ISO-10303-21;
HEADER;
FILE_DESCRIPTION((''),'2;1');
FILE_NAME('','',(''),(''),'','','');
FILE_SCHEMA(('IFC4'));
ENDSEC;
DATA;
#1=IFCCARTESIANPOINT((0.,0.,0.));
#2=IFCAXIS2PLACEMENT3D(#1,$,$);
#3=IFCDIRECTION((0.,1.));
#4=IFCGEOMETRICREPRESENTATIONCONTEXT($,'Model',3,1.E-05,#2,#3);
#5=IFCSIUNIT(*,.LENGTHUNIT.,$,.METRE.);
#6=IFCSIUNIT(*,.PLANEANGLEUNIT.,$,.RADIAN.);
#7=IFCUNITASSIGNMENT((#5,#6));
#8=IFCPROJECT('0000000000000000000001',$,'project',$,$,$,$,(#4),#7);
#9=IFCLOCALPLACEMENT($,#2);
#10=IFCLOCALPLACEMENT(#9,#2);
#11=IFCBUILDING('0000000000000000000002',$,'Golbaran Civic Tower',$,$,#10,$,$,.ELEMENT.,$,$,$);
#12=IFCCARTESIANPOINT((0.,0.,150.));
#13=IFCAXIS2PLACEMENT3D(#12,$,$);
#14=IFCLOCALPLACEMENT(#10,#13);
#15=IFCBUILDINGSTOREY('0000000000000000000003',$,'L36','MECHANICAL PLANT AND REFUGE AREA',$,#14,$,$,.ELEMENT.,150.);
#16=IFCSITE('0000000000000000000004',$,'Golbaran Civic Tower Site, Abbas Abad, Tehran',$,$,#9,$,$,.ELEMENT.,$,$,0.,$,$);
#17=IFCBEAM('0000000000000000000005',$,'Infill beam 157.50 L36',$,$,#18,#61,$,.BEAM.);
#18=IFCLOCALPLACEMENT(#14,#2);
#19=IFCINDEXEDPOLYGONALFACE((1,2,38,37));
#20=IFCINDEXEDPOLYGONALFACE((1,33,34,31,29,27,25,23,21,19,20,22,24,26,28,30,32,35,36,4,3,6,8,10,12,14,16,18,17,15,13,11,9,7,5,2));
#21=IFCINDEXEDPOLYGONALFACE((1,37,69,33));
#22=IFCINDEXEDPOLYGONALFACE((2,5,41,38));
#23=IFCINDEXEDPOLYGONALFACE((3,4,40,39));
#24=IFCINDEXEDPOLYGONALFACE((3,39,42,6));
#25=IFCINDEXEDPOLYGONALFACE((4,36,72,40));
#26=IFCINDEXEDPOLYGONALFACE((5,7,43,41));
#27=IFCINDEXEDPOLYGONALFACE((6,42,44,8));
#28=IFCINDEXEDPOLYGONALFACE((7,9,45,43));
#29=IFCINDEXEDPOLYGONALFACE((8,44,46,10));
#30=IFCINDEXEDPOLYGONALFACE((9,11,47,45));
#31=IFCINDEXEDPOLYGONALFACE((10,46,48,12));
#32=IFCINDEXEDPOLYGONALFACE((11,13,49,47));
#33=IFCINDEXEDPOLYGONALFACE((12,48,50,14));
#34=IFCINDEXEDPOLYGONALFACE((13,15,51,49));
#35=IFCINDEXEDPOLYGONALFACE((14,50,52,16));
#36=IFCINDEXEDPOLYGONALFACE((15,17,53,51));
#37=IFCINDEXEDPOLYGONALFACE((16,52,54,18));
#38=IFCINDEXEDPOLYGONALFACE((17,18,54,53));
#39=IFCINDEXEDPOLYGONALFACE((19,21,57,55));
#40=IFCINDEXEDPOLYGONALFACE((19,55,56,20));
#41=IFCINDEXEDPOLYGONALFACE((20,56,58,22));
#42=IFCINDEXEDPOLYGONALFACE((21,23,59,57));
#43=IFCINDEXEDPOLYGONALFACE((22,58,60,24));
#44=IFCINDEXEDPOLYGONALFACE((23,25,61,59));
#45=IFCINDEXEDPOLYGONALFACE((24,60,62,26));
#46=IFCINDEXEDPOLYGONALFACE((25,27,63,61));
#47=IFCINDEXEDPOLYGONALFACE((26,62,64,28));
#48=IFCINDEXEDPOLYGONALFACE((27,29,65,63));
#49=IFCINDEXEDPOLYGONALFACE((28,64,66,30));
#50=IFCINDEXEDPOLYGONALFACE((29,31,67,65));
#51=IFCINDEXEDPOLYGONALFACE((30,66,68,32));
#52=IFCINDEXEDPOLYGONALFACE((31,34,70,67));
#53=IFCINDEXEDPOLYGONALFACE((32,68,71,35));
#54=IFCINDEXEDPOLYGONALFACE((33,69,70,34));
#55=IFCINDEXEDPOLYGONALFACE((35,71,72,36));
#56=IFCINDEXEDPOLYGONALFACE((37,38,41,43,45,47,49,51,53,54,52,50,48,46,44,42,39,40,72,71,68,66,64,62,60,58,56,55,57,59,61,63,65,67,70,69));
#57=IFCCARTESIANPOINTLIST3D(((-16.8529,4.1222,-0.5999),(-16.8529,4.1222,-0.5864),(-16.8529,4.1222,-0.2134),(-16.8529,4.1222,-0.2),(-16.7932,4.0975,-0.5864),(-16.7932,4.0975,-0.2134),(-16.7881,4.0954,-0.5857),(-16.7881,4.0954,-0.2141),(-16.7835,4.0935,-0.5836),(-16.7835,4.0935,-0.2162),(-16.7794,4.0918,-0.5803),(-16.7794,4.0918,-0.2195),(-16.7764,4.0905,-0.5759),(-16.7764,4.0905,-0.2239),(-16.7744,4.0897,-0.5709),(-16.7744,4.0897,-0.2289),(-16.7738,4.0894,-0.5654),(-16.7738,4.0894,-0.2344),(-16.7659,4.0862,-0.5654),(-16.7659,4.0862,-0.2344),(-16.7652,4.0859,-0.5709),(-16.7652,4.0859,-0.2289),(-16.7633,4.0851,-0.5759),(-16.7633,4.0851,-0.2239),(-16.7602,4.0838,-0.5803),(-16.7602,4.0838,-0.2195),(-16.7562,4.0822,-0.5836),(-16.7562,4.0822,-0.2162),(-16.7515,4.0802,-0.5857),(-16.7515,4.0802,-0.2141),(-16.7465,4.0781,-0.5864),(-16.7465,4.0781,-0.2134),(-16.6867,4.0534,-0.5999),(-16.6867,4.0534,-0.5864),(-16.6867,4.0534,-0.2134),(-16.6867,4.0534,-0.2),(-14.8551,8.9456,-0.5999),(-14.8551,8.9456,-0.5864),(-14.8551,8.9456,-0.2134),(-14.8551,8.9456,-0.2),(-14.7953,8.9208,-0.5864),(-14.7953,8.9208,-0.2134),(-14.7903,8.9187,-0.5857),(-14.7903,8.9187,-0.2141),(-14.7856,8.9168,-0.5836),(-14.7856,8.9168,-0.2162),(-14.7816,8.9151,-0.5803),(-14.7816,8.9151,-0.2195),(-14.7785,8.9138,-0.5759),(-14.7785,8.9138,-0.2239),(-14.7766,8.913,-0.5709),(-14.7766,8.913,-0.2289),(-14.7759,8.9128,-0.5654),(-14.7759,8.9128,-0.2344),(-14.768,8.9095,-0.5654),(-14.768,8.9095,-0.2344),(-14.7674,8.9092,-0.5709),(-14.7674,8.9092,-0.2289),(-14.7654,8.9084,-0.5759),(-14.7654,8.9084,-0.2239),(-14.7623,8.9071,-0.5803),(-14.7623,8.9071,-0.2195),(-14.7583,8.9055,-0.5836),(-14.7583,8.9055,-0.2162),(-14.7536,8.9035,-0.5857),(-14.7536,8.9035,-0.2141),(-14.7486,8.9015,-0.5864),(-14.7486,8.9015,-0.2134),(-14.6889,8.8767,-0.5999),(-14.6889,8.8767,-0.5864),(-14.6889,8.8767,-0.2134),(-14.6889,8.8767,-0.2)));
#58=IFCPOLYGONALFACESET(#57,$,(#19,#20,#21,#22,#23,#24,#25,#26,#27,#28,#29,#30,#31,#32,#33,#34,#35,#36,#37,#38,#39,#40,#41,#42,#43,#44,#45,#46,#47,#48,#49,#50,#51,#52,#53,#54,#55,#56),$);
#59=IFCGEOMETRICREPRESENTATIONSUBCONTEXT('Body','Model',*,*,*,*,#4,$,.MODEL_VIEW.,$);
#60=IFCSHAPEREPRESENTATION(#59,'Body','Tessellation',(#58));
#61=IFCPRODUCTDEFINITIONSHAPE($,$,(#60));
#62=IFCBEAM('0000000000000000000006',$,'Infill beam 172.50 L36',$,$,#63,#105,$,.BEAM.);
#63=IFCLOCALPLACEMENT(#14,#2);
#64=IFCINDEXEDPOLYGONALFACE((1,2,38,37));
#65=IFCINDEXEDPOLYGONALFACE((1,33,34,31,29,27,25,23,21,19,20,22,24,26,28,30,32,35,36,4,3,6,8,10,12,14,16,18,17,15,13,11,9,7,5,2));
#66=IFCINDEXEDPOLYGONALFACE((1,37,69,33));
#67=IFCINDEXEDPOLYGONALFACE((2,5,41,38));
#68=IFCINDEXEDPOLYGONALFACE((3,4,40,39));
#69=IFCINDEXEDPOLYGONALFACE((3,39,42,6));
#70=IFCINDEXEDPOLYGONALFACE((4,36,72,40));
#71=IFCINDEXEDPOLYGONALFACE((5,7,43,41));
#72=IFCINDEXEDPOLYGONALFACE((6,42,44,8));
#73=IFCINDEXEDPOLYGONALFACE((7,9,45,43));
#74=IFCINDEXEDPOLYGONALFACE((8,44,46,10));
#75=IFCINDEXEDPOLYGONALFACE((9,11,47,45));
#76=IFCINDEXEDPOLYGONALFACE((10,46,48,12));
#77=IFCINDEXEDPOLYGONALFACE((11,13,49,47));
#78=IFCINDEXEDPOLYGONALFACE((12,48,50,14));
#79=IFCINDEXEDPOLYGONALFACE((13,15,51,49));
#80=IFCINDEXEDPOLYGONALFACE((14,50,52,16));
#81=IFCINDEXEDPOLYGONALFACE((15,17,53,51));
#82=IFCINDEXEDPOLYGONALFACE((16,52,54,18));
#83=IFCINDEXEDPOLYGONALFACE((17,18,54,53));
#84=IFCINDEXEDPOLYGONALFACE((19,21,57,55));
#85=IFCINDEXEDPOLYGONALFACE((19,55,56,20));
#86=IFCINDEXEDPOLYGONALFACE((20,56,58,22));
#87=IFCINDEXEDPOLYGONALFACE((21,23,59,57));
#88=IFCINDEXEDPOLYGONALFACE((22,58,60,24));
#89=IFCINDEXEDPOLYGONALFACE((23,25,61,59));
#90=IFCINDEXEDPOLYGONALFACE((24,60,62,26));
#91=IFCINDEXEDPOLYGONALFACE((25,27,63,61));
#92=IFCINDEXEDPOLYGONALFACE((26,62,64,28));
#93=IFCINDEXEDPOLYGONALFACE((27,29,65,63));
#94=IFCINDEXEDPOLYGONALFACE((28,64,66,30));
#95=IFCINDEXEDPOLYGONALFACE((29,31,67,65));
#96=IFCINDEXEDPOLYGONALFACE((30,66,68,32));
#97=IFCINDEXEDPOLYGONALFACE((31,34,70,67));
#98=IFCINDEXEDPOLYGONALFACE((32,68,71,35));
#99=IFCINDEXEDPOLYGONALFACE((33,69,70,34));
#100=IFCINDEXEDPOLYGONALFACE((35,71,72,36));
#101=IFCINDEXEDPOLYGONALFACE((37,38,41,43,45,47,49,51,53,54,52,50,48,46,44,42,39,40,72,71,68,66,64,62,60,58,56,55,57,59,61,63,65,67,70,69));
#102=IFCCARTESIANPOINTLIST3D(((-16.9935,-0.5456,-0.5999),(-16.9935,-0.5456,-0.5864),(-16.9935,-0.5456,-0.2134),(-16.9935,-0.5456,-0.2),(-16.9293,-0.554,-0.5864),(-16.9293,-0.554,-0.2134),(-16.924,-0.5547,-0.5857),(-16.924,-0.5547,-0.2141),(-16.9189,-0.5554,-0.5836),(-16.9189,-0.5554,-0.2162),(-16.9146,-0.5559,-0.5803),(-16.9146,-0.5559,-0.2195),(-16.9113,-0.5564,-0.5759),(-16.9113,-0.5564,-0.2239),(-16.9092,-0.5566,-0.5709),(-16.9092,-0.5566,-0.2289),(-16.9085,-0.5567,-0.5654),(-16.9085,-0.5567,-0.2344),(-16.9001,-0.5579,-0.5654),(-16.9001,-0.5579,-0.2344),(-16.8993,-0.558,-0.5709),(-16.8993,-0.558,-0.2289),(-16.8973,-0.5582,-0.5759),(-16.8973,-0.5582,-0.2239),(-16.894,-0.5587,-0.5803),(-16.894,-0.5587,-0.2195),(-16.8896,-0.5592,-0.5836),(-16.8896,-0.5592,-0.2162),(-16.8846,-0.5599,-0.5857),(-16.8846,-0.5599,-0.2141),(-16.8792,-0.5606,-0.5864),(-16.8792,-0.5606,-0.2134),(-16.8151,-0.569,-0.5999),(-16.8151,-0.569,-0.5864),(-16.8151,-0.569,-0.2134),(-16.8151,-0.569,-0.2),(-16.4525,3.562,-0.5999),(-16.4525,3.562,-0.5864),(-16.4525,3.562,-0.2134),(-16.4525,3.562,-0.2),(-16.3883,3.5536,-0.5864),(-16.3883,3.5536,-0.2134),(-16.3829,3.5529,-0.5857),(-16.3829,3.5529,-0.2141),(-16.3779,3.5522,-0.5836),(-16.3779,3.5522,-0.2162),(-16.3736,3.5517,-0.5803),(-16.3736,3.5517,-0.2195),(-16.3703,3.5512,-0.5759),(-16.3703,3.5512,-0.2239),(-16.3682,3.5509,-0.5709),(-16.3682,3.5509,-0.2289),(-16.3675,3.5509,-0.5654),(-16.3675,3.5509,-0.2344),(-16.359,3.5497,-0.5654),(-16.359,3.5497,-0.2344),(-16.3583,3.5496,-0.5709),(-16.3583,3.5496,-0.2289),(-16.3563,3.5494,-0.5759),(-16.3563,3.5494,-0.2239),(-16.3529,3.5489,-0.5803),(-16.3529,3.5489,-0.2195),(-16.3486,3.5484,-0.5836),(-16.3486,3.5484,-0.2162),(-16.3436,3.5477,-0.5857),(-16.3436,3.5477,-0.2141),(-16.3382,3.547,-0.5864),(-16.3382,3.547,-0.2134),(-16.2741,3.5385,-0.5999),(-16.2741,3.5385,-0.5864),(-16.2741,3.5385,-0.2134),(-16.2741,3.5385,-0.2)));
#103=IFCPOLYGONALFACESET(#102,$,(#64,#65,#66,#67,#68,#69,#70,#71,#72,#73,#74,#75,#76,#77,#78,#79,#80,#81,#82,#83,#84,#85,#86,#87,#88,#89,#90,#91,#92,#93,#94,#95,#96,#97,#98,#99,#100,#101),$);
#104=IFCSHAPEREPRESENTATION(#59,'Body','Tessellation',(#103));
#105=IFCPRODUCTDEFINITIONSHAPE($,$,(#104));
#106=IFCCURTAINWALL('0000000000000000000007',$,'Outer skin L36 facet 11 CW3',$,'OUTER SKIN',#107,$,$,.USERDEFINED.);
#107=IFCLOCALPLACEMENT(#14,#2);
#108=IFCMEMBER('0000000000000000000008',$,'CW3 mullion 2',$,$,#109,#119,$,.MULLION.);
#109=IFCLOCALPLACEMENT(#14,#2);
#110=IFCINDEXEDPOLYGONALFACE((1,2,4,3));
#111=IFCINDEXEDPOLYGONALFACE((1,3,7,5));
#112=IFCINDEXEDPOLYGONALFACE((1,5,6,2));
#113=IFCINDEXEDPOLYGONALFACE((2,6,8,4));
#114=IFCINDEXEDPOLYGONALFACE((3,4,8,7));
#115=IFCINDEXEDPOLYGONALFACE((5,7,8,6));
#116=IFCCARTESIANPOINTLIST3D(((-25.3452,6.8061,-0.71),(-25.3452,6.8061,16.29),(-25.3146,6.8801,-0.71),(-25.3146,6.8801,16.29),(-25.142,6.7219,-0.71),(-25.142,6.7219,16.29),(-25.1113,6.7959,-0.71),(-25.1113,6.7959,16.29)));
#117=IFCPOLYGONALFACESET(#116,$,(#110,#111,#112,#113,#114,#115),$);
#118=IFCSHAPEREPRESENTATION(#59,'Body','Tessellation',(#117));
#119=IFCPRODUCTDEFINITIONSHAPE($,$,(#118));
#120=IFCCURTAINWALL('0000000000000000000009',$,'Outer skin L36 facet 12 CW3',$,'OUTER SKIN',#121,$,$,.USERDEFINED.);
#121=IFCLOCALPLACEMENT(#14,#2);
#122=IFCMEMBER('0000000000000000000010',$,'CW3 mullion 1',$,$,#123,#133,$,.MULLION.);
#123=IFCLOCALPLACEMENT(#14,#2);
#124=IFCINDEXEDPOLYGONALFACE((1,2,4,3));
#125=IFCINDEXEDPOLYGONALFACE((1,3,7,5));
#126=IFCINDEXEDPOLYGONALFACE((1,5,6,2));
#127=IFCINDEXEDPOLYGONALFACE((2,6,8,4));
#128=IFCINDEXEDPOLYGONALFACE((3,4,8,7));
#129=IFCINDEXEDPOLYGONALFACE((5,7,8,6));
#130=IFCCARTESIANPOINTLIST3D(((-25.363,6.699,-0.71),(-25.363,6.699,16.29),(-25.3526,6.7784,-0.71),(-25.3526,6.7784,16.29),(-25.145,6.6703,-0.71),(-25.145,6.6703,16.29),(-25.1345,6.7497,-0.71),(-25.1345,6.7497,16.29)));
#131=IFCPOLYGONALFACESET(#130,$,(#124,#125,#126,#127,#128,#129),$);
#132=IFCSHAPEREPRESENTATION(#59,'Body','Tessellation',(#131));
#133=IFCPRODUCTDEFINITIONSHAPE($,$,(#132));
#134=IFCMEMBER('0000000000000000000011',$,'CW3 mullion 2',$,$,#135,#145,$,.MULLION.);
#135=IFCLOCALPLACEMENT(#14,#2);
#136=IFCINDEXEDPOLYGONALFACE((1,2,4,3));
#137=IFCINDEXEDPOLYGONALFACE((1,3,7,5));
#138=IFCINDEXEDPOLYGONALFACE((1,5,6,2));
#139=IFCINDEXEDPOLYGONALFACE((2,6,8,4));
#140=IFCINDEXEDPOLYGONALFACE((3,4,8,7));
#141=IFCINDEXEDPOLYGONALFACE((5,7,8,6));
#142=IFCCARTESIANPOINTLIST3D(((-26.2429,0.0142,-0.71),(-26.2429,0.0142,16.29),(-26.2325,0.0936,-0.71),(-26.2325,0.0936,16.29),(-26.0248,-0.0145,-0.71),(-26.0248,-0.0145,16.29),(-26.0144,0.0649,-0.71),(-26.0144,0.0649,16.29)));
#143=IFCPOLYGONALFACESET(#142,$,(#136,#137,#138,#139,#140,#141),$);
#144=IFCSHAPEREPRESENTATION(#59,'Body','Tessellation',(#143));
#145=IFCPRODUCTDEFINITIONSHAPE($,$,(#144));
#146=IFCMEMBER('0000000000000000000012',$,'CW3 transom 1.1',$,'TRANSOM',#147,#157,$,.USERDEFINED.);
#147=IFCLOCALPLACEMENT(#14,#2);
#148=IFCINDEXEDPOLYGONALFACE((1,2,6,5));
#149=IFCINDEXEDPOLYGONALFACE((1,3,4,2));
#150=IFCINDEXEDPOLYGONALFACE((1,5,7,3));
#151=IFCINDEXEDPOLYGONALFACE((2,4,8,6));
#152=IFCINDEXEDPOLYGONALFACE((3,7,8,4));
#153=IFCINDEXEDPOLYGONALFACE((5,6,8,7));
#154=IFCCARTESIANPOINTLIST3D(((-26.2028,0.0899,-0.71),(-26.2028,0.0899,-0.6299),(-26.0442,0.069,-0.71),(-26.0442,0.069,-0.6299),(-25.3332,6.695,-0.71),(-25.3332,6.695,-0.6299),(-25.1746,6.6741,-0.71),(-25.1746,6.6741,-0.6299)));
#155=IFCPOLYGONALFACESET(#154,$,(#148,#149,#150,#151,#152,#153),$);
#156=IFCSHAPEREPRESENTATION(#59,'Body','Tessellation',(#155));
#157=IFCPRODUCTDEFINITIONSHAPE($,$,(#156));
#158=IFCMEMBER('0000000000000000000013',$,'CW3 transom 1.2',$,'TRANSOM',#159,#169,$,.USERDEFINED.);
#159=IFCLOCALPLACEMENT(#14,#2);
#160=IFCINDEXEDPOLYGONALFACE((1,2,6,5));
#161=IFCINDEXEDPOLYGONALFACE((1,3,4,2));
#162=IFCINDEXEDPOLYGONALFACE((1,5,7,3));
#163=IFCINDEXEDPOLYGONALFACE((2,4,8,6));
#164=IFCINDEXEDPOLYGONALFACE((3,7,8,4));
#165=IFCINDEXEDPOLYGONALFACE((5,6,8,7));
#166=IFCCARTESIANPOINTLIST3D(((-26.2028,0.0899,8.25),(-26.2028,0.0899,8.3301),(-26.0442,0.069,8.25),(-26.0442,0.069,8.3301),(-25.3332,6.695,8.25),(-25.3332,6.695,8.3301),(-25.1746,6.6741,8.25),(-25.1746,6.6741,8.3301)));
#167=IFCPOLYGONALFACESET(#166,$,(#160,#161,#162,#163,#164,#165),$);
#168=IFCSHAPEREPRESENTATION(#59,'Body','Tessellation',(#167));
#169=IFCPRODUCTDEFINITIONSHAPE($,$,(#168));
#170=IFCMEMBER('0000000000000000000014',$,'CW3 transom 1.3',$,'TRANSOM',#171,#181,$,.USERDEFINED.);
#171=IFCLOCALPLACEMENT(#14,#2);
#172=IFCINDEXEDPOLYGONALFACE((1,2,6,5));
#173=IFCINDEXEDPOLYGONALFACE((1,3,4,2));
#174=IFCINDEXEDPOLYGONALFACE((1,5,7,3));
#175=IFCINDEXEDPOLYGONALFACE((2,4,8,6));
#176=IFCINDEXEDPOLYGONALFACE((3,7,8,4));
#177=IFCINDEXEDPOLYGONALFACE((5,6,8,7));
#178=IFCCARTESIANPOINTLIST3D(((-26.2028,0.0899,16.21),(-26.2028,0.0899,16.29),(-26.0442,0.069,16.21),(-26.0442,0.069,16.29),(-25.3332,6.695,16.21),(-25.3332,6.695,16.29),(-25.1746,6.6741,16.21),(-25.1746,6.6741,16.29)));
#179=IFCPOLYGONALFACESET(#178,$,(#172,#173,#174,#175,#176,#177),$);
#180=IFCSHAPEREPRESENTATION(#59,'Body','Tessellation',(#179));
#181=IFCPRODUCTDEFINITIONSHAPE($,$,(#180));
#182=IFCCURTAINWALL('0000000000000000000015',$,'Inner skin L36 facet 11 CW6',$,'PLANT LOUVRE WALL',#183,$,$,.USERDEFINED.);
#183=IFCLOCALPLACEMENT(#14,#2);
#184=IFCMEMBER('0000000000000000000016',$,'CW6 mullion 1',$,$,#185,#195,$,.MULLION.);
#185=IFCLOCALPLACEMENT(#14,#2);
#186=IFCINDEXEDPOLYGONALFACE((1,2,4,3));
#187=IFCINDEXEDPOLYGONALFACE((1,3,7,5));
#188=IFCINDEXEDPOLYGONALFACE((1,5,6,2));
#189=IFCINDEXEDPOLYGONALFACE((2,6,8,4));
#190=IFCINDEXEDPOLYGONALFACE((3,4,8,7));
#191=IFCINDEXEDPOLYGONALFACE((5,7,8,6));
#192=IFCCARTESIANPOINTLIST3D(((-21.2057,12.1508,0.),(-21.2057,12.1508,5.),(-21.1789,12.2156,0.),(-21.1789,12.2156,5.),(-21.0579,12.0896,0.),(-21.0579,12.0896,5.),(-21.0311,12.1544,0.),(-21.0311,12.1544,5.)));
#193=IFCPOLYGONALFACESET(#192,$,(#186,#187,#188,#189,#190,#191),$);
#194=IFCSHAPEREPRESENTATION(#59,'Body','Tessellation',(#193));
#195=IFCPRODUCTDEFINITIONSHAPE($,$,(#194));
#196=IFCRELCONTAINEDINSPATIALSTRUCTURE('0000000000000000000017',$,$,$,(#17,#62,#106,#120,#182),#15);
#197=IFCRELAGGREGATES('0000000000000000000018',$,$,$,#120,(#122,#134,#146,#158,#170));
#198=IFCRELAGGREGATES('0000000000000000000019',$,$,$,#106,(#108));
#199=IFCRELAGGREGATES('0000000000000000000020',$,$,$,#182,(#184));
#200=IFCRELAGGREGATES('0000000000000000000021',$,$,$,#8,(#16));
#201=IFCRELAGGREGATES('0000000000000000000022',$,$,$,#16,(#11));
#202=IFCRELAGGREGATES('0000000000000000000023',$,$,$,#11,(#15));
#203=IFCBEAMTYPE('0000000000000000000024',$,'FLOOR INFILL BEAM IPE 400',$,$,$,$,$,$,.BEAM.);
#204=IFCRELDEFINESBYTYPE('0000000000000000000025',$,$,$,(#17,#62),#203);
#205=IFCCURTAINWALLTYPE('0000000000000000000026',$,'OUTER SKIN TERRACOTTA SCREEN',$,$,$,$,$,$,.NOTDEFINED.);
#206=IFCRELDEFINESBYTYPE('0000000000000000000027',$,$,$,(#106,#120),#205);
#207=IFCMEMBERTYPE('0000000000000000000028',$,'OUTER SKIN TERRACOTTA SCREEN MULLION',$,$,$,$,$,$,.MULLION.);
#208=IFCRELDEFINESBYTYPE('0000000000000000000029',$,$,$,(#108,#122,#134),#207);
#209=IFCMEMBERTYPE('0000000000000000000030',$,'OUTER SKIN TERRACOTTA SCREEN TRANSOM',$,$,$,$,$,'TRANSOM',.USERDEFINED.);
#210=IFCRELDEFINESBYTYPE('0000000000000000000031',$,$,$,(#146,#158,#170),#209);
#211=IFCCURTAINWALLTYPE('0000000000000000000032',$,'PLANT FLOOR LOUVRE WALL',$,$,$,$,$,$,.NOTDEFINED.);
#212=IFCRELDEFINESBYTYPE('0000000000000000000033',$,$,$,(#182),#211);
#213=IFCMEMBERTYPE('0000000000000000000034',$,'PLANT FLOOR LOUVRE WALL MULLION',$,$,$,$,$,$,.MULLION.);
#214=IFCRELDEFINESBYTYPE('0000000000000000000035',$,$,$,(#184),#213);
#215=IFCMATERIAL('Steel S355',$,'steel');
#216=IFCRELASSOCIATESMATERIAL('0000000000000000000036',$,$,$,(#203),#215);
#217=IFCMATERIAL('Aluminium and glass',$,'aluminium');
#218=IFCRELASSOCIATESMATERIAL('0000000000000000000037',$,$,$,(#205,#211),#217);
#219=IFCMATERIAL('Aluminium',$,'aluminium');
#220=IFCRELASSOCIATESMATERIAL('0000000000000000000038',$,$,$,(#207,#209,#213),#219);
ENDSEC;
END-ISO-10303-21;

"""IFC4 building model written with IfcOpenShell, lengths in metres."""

from ifc_helpers import new_model, si_unit, direction, frame, origin, origin_2d, place, context, subcontext, project, spatial, rectangle, i_section, extrude, material, material_profile, profile_set, type_object, element, aggregate, save


model = new_model("IFC4")

# Units and contexts
model_context = context("Model", 3, precision=1e-05, world=origin(), true_north=direction((0.0, 1.0)))
body_context = subcontext(model_context, "Body", "Model", "MODEL_VIEW")
ifc_project = project(units=[si_unit("LENGTHUNIT", "METRE"), si_unit("PLANEANGLEUNIT", "RADIAN")], contexts=[model_context])

# Site, building, storey
site_placement = place(None, origin())
site = spatial("IfcSite", under=ifc_project, at=site_placement, Name="Golbaran Civic Tower Site, Abbas Abad, Tehran", CompositionType="ELEMENT", RefElevation=0.0)
building_placement = place(site_placement, origin())
building = spatial("IfcBuilding", under=site, at=building_placement, Name="Golbaran Civic Tower", CompositionType="ELEMENT")
storey_placement = place(building_placement, frame((0.0, 0.0, 150.0)))
storey = spatial("IfcBuildingStorey", under=building, at=storey_placement, Name="L36", Description="MECHANICAL PLANT AND REFUGE AREA", CompositionType="ELEMENT", Elevation=150.0)

# Shared definitions
ifc_material_1 = material(Name="Steel S355", Category="steel")

# Beams
ifc_material_profile_1 = material_profile(ifc_material_1, i_section(OverallWidth=0.1799, OverallDepth=0.3999, WebThickness=0.0085, FlangeThickness=0.0134, FilletRadius=0.021, at=origin_2d()), Name="IPE 400")
ifc_profile_set_1 = profile_set([ifc_material_profile_1], Name="Steel S355")
beam_type_1 = type_object("IfcBeamType", Name="FLOOR INFILL BEAM IPE 400", PredefinedType="BEAM", material=ifc_profile_set_1)
beam_1_placement = place(storey_placement, frame((-14.772, 8.9111, -0.3999), z_axis=(-0.382675, -0.923883, 0.0), x_axis=(0.923883, -0.382675, 0.0)))
element("IfcBeam", 1, at=beam_1_placement, inside=storey, type_object=beam_type_1, Name="Infill beam 157.50 L36", PredefinedType="BEAM", context=body_context, shape_type="SweptSolid", body=[
    extrude(i_section(OverallWidth=0.1799, OverallDepth=0.3999, WebThickness=0.0085, FlangeThickness=0.0134, FilletRadius=0.021, at=origin_2d()), origin(), (0.0, 0.0, 1.0), 5.2207),
])
beam_2_placement = place(storey_placement, frame((-16.3633, 3.5503, -0.3999), z_axis=(-0.130581, -0.991438, 0.0), x_axis=(0.991438, -0.130581, 0.0)))
element("IfcBeam", 2, at=beam_2_placement, inside=storey, type_object=beam_type_1, Name="Infill beam 172.50 L36", PredefinedType="BEAM", context=body_context, shape_type="SweptSolid", body=[
    extrude(i_section(OverallWidth=0.1799, OverallDepth=0.3999, WebThickness=0.0085, FlangeThickness=0.0134, FilletRadius=0.021, at=origin_2d()), origin(), (0.0, 0.0, 1.0), 4.1431),
])

# Curtain wall, member
ifc_material_2 = material(Name="Aluminium and glass", Category="aluminium")
curtain_wall_type_1 = type_object("IfcCurtainWallType", Name="OUTER SKIN TERRACOTTA SCREEN", PredefinedType="NOTDEFINED", material=ifc_material_2)
curtain_wall_1_placement = place(storey_placement, origin())
curtain_wall_1 = element("IfcCurtainWall", 3, at=curtain_wall_1_placement, inside=storey, type_object=curtain_wall_type_1, Name="Outer skin L36 facet 11 CW3", ObjectType="OUTER SKIN", PredefinedType="USERDEFINED")
ifc_material_3 = material(Name="Aluminium", Category="aluminium")
ifc_material_profile_2 = material_profile(ifc_material_3, rectangle(XDim=0.22, YDim=0.0801, at=origin_2d()), Name="OUTER SKIN TERRACOTTA SCREEN MULLION")
ifc_profile_set_2 = profile_set([ifc_material_profile_2], Name="Aluminium")
member_type_1 = type_object("IfcMemberType", Name="OUTER SKIN TERRACOTTA SCREEN MULLION", PredefinedType="MULLION", material=ifc_profile_set_2)
member_1_placement = place(storey_placement, frame((-25.2283, 6.801, -0.71), z_axis=(0.0, 0.0, 1.0), x_axis=(0.92388, -0.382683, 0.0)))
member_1 = element("IfcMember", 4, at=member_1_placement, type_object=member_type_1, Name="CW3 mullion 2", PredefinedType="MULLION", context=body_context, shape_type="SweptSolid", body=[
    extrude(rectangle(XDim=0.22, YDim=0.0801, at=origin_2d()), origin(), (0.0, 0.0, 1.0), 17.0),
])

# Curtain walls, members
curtain_wall_2_placement = place(storey_placement, origin())
curtain_wall_2 = element("IfcCurtainWall", 5, at=curtain_wall_2_placement, inside=storey, type_object=curtain_wall_type_1, Name="Outer skin L36 facet 12 CW3", ObjectType="OUTER SKIN", PredefinedType="USERDEFINED")
member_2_placement = place(storey_placement, frame((-25.2488, 6.7244, -0.71), z_axis=(0.0, 0.0, 1.0), x_axis=(0.991445, -0.130526, 0.0)))
member_2 = element("IfcMember", 6, at=member_2_placement, type_object=member_type_1, Name="CW3 mullion 1", PredefinedType="MULLION", context=body_context, shape_type="SweptSolid", body=[
    extrude(rectangle(XDim=0.22, YDim=0.0801, at=origin_2d()), origin(), (0.0, 0.0, 1.0), 17.0),
])
member_3_placement = place(storey_placement, frame((-26.1287, 0.0396, -0.71), z_axis=(0.0, 0.0, 1.0), x_axis=(0.991445, -0.130526, 0.0)))
member_3 = element("IfcMember", 7, at=member_3_placement, type_object=member_type_1, Name="CW3 mullion 2", PredefinedType="MULLION", context=body_context, shape_type="SweptSolid", body=[
    extrude(rectangle(XDim=0.22, YDim=0.0801, at=origin_2d()), origin(), (0.0, 0.0, 1.0), 17.0),
])
ifc_material_profile_3 = material_profile(ifc_material_3, rectangle(XDim=0.1599, YDim=0.0801, at=origin_2d()), Name="OUTER SKIN TERRACOTTA SCREEN TRANSOM")
ifc_profile_set_3 = profile_set([ifc_material_profile_3], Name="Aluminium")
member_type_2 = type_object("IfcMemberType", Name="OUTER SKIN TERRACOTTA SCREEN TRANSOM", ElementType="TRANSOM", PredefinedType="USERDEFINED", material=ifc_profile_set_3)
member_4_placement = place(storey_placement, frame((-25.2539, 6.6846, -0.6699), z_axis=(-0.130531, -0.991444, 0.0), x_axis=(0.991444, -0.130531, 0.0)))
member_4 = element("IfcMember", 8, at=member_4_placement, type_object=member_type_2, Name="CW3 transom 1.1", ObjectType="TRANSOM", PredefinedType="USERDEFINED", context=body_context, shape_type="SweptSolid", body=[
    extrude(rectangle(XDim=0.1599, YDim=0.0801, at=origin_2d()), origin(), (0.0, 0.0, 1.0), 6.6621),
])
member_5_placement = place(storey_placement, frame((-25.2539, 6.6846, 8.29), z_axis=(-0.130531, -0.991444, 0.0), x_axis=(0.991444, -0.130531, 0.0)))
member_5 = element("IfcMember", 9, at=member_5_placement, type_object=member_type_2, Name="CW3 transom 1.2", ObjectType="TRANSOM", PredefinedType="USERDEFINED", context=body_context, shape_type="SweptSolid", body=[
    extrude(rectangle(XDim=0.1599, YDim=0.0801, at=origin_2d()), origin(), (0.0, 0.0, 1.0), 6.6621),
])
member_6_placement = place(storey_placement, frame((-25.2539, 6.6846, 16.25), z_axis=(-0.130531, -0.991444, 0.0), x_axis=(0.991444, -0.130531, 0.0)))
member_6 = element("IfcMember", 10, at=member_6_placement, type_object=member_type_2, Name="CW3 transom 1.3", ObjectType="TRANSOM", PredefinedType="USERDEFINED", context=body_context, shape_type="SweptSolid", body=[
    extrude(rectangle(XDim=0.1599, YDim=0.0801, at=origin_2d()), origin(), (0.0, 0.0, 1.0), 6.6621),
])
curtain_wall_type_2 = type_object("IfcCurtainWallType", Name="PLANT FLOOR LOUVRE WALL", PredefinedType="NOTDEFINED", material=ifc_material_2)
curtain_wall_3_placement = place(storey_placement, origin())
curtain_wall_3 = element("IfcCurtainWall", 11, at=curtain_wall_3_placement, inside=storey, type_object=curtain_wall_type_2, Name="Inner skin L36 facet 11 CW6", ObjectType="PLANT LOUVRE WALL", PredefinedType="USERDEFINED")
ifc_material_profile_4 = material_profile(ifc_material_3, rectangle(XDim=0.1599, YDim=0.0701, at=origin_2d()), Name="PLANT FLOOR LOUVRE WALL MULLION")
ifc_profile_set_4 = profile_set([ifc_material_profile_4], Name="Aluminium")
member_type_3 = type_object("IfcMemberType", Name="PLANT FLOOR LOUVRE WALL MULLION", PredefinedType="MULLION", material=ifc_profile_set_4)
member_7_placement = place(storey_placement, frame((-21.1184, 12.1526, 0.0), z_axis=(0.0, 0.0, 1.0), x_axis=(0.92388, -0.382683, 0.0)))
member_7 = element("IfcMember", 12, at=member_7_placement, type_object=member_type_3, Name="CW6 mullion 1", PredefinedType="MULLION", context=body_context, shape_type="SweptSolid", body=[
    extrude(rectangle(XDim=0.1599, YDim=0.0701, at=origin_2d()), origin(), (0.0, 0.0, 1.0), 5.0),
])

aggregate(curtain_wall_2, [member_2, member_3, member_4, member_5, member_6])
aggregate(curtain_wall_1, [member_1])
aggregate(curtain_wall_3, [member_7])

save(model, "model.ifc")
